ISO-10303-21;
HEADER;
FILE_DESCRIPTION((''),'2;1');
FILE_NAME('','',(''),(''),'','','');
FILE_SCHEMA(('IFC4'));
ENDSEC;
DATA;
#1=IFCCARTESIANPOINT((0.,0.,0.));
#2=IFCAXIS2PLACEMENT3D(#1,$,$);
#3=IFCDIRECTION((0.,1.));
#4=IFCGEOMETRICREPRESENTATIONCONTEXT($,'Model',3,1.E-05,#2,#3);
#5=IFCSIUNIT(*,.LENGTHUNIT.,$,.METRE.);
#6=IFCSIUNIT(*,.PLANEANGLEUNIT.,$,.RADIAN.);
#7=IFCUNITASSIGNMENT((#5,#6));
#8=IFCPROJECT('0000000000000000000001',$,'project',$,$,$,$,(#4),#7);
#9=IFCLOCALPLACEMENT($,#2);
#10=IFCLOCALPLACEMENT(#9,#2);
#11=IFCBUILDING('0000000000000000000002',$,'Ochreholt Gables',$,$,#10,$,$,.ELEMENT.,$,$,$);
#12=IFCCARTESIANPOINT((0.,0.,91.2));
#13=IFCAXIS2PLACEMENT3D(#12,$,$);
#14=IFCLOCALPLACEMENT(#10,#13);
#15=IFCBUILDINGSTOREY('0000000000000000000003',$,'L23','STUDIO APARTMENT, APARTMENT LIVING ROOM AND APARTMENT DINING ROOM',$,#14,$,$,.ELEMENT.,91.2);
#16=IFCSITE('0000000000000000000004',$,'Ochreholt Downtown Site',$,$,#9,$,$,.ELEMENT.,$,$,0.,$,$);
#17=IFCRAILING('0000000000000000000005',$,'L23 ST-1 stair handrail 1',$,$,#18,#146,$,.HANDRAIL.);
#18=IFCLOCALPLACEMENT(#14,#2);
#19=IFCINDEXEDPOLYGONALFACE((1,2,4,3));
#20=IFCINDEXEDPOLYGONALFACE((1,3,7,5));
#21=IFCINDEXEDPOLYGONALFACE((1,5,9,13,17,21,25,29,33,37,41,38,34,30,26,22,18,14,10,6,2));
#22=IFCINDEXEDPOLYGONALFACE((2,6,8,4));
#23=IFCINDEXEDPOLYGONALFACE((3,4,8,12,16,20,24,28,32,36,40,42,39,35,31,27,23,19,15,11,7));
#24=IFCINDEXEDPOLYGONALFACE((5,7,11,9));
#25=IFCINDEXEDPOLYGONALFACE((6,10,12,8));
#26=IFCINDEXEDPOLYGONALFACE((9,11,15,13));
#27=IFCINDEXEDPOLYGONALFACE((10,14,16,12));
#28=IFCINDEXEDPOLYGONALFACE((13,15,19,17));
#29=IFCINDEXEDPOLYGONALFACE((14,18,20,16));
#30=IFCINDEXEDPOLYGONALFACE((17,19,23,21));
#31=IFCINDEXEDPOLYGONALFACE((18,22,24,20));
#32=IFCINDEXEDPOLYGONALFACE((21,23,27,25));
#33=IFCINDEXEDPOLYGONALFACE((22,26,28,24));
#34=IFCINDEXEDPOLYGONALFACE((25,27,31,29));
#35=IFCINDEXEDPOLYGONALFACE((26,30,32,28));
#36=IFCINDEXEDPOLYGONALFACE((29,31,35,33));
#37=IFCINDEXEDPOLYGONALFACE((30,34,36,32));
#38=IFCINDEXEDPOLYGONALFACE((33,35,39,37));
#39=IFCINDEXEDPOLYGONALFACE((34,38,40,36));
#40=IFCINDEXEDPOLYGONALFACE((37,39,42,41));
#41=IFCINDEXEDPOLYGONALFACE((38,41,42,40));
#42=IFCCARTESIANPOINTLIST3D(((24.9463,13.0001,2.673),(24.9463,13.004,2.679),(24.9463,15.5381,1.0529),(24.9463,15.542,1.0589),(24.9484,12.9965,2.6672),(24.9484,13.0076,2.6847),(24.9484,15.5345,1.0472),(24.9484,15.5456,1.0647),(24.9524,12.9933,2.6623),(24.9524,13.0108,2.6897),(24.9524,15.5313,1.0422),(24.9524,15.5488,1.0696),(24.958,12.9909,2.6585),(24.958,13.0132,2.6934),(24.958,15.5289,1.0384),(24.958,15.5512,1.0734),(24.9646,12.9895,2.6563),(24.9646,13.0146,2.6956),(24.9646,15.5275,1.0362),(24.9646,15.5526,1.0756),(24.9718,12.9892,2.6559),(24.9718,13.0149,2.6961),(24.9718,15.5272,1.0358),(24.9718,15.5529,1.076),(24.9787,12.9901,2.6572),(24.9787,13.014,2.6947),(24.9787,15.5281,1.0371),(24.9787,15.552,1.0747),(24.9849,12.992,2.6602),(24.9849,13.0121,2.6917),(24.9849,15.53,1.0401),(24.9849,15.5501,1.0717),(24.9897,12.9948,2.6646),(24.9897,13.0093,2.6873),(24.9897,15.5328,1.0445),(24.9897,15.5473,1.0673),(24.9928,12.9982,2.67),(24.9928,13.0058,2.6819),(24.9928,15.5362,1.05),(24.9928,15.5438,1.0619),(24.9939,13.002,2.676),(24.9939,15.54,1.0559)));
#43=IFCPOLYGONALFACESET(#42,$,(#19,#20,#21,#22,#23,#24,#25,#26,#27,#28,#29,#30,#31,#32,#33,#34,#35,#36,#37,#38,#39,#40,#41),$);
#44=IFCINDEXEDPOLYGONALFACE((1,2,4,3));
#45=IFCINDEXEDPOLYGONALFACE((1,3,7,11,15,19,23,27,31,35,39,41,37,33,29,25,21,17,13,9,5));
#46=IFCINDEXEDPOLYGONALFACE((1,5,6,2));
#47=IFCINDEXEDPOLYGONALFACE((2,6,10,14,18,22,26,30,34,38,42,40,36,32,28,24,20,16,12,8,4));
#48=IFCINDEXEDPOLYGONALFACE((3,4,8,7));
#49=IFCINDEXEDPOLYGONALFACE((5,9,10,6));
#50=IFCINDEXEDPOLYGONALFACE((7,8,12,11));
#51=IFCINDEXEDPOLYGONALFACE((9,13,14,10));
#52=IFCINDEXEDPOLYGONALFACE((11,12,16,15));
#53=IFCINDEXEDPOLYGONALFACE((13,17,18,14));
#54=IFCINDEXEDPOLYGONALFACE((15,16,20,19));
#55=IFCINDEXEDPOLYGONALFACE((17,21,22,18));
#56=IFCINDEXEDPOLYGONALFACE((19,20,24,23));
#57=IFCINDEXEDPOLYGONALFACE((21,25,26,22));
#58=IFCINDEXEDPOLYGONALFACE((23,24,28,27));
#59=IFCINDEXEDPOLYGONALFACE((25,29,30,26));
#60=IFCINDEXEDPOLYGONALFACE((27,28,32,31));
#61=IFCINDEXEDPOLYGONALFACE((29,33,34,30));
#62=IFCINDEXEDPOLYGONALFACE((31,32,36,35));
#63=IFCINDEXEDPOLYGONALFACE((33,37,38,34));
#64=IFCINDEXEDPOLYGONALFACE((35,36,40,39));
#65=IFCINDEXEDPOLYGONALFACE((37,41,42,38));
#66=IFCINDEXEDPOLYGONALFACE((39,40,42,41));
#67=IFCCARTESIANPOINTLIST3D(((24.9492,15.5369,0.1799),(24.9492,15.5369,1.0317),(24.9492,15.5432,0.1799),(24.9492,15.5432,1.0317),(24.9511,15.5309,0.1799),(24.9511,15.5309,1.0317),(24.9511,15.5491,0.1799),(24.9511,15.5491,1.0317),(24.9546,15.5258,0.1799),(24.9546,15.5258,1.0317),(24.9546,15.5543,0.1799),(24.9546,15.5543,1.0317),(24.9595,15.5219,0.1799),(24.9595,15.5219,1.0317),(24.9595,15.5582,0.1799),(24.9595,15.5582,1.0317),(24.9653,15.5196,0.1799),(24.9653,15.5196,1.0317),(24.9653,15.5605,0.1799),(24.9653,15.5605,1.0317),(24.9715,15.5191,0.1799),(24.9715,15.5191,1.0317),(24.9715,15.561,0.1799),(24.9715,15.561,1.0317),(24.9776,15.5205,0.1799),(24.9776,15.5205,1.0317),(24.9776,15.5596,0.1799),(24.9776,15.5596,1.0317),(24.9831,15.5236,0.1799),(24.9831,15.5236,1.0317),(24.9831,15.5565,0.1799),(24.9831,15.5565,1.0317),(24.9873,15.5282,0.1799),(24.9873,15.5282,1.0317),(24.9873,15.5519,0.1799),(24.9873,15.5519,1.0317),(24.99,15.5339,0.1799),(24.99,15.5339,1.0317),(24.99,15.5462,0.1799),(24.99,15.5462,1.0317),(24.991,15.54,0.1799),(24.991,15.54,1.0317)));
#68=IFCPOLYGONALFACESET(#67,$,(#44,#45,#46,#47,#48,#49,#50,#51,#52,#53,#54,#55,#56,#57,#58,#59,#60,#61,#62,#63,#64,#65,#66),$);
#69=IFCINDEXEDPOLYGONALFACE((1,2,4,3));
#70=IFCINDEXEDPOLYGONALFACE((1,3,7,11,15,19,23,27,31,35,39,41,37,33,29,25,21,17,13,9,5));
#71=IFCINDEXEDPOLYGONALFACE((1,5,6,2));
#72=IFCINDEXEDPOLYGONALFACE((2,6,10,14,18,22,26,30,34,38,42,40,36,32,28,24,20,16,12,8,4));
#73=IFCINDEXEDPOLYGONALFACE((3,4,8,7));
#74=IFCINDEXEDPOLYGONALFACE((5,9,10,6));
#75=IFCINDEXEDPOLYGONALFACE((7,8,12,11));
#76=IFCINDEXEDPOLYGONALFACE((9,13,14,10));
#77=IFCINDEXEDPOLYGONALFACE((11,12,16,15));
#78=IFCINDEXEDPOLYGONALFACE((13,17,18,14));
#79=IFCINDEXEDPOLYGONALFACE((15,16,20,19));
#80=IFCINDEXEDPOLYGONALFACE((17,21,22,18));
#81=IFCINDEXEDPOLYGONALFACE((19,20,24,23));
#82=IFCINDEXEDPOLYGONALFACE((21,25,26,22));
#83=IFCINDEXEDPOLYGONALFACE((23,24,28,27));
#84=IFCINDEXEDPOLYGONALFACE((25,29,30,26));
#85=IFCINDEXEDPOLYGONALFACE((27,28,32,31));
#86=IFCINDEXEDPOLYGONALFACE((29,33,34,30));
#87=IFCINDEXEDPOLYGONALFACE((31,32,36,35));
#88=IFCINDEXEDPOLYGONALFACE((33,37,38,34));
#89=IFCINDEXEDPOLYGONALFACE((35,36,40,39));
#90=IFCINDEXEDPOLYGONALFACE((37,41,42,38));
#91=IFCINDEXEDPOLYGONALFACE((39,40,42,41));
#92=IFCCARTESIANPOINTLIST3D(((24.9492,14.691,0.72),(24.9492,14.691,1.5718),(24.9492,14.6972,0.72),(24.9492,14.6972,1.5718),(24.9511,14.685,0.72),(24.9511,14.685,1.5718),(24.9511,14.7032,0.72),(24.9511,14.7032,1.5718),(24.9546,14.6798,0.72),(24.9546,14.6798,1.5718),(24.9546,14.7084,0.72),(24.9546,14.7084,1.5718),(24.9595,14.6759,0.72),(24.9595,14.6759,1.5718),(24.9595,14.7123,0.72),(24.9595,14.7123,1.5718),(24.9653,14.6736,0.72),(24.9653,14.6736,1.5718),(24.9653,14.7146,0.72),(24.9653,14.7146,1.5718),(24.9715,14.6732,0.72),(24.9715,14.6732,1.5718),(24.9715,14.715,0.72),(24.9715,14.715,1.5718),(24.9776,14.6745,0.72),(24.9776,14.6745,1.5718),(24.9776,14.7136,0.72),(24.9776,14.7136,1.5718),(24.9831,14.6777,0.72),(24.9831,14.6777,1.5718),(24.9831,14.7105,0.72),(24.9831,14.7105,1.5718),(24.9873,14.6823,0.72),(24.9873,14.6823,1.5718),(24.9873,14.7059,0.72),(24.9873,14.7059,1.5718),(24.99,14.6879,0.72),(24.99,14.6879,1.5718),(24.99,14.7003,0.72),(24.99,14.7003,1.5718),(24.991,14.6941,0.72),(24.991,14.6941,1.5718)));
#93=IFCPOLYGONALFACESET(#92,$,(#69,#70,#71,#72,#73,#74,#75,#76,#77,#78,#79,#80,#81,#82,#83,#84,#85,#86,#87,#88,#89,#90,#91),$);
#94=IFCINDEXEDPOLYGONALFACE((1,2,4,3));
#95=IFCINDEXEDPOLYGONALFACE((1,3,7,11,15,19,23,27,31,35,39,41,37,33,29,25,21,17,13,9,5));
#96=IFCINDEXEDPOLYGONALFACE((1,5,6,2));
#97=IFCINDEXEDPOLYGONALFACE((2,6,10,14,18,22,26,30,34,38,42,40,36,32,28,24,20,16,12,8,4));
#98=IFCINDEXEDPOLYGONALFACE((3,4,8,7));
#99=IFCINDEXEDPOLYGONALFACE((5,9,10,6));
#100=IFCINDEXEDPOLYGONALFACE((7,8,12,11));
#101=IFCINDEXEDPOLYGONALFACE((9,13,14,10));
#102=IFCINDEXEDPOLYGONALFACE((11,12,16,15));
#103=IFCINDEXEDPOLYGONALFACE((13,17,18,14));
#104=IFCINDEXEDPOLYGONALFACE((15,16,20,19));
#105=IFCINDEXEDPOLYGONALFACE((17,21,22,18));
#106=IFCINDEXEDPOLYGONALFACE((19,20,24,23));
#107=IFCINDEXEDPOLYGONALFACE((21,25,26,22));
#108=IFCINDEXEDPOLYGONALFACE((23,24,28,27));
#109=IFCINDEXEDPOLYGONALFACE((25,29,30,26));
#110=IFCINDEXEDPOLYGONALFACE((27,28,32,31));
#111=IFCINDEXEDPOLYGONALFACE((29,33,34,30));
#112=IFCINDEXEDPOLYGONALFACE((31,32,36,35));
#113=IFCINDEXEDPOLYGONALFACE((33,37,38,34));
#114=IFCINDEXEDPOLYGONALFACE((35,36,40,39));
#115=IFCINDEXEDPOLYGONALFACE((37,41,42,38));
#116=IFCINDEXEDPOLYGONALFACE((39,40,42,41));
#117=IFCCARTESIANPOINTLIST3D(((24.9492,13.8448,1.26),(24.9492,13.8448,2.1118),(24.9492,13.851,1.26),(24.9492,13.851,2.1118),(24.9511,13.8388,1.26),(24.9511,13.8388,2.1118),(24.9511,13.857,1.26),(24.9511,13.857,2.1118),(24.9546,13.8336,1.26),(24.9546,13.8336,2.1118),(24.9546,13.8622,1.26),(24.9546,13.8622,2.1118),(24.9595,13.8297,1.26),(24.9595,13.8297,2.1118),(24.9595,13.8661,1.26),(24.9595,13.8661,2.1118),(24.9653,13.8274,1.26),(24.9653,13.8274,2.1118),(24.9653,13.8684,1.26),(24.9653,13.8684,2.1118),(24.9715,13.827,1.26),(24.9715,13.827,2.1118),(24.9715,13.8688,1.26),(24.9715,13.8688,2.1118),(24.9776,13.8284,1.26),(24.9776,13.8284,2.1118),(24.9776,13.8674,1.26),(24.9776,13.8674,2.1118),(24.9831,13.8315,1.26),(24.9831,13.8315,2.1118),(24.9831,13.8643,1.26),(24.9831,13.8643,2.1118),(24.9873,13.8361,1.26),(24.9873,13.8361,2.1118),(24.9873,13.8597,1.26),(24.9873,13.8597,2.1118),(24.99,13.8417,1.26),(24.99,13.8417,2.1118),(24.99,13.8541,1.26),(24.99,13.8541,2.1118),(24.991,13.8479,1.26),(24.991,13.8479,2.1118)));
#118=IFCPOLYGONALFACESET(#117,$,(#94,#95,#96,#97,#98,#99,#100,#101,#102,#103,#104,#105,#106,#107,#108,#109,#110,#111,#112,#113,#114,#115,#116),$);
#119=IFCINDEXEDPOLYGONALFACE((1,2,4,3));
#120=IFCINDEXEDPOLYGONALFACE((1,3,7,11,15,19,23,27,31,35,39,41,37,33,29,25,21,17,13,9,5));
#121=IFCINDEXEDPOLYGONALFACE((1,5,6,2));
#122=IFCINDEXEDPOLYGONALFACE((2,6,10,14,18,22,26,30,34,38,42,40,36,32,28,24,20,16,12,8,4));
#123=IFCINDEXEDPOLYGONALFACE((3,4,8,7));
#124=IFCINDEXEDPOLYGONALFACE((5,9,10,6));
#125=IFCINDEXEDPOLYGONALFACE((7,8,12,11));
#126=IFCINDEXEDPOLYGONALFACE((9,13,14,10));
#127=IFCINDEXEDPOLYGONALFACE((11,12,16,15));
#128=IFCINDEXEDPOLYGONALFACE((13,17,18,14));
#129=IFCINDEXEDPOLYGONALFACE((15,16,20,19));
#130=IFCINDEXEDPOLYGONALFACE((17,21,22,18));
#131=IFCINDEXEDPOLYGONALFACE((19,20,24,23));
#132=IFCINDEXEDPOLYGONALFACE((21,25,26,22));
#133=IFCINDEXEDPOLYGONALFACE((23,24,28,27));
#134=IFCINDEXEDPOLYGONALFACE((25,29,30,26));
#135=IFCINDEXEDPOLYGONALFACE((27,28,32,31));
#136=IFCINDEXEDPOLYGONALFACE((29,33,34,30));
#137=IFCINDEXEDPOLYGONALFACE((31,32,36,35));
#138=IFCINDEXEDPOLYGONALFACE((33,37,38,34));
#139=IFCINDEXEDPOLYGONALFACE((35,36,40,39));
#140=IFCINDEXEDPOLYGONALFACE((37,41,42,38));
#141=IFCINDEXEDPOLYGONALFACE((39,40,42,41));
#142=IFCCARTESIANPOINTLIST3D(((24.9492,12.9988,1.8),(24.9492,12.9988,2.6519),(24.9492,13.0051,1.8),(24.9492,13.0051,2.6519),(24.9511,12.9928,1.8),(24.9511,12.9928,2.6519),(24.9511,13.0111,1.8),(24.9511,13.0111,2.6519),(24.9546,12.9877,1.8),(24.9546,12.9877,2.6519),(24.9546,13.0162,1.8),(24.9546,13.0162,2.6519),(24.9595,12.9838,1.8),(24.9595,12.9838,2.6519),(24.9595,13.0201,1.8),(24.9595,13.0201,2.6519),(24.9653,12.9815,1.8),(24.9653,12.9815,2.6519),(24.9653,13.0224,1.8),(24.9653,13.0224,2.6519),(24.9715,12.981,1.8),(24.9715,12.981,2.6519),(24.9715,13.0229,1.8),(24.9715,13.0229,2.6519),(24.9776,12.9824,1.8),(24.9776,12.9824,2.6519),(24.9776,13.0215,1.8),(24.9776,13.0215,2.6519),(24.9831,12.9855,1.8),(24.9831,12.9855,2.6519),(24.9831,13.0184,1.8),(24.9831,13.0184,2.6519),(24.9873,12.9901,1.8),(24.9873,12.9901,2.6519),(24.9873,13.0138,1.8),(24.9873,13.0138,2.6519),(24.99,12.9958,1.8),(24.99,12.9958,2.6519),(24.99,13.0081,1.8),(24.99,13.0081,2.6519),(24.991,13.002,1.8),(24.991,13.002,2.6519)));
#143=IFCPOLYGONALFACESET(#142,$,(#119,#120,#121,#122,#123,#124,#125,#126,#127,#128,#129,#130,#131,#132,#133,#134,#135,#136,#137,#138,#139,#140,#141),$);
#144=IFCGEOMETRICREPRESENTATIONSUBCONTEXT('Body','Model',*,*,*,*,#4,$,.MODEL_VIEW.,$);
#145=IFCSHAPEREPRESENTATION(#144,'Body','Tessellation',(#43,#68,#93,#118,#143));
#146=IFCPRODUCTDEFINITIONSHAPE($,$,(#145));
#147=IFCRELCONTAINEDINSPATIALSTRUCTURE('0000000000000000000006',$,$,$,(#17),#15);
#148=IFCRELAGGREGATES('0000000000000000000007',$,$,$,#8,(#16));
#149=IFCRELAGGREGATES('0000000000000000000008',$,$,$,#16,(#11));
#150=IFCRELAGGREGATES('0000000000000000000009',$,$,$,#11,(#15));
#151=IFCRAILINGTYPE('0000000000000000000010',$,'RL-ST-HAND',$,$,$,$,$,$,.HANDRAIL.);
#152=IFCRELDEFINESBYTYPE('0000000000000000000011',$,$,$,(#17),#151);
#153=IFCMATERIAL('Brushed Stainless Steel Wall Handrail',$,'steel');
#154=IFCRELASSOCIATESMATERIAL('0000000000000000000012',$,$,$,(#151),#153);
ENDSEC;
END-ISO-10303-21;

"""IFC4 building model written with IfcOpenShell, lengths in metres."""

from ifc_helpers import new_model, si_unit, direction, frame, origin, origin_2d, place, context, subcontext, project, spatial, circle, extrude, material, type_object, element, save


model = new_model("IFC4")

# Units and contexts
model_context = context("Model", 3, precision=1e-05, world=origin(), true_north=direction((0.0, 1.0)))
body_context = subcontext(model_context, "Body", "Model", "MODEL_VIEW")
ifc_project = project(units=[si_unit("LENGTHUNIT", "METRE"), si_unit("PLANEANGLEUNIT", "RADIAN")], contexts=[model_context])

# Site, building, storey
site_placement = place(None, origin())
site = spatial("IfcSite", under=ifc_project, at=site_placement, Name="Ochreholt Downtown Site", CompositionType="ELEMENT", RefElevation=0.0)
building_placement = place(site_placement, origin())
building = spatial("IfcBuilding", under=site, at=building_placement, Name="Ochreholt Gables", CompositionType="ELEMENT")
storey_placement = place(building_placement, frame((0.0, 0.0, 91.2)))
storey = spatial("IfcBuildingStorey", under=building, at=storey_placement, Name="L23", Description="STUDIO APARTMENT, APARTMENT LIVING ROOM AND APARTMENT DINING ROOM", CompositionType="ELEMENT", Elevation=91.2)

# Railing
ifc_material_1 = material(Name="Brushed Stainless Steel Wall Handrail", Category="steel")
railing_type_1 = type_object("IfcRailingType", Name="RL-ST-HAND", PredefinedType="HANDRAIL", material=ifc_material_1)
railing_1_placement = place(storey_placement, frame((24.97, 15.54, 0.1799)))
element("IfcRailing", 1, at=railing_1_placement, inside=storey, type_object=railing_type_1, Name="L23 ST-1 stair handrail 1", PredefinedType="HANDRAIL", context=body_context, shape_type="SweptSolid", body=[
    extrude(circle(Radius=0.0239, at=origin_2d()), frame((0.0, 0.0, 0.876), z_axis=(0.0, -0.842913, 0.53805), x_axis=(1.0, 0.0, 0.0)), (0.0, 0.0, 1.0), 3.011),
    extrude(circle(Radius=0.021, at=origin_2d()), origin(), (0.0, 0.0, 1.0), 0.8518),
    extrude(circle(Radius=0.021, at=origin_2d()), frame((0.0, -0.8459, 0.54)), (0.0, 0.0, 1.0), 0.8518),
    extrude(circle(Radius=0.021, at=origin_2d()), frame((0.0, -1.6921, 1.0801)), (0.0, 0.0, 1.0), 0.8518),
    extrude(circle(Radius=0.021, at=origin_2d()), frame((0.0, -2.5381, 1.6201)), (0.0, 0.0, 1.0), 0.8518),
])

save(model, "model.ifc")
